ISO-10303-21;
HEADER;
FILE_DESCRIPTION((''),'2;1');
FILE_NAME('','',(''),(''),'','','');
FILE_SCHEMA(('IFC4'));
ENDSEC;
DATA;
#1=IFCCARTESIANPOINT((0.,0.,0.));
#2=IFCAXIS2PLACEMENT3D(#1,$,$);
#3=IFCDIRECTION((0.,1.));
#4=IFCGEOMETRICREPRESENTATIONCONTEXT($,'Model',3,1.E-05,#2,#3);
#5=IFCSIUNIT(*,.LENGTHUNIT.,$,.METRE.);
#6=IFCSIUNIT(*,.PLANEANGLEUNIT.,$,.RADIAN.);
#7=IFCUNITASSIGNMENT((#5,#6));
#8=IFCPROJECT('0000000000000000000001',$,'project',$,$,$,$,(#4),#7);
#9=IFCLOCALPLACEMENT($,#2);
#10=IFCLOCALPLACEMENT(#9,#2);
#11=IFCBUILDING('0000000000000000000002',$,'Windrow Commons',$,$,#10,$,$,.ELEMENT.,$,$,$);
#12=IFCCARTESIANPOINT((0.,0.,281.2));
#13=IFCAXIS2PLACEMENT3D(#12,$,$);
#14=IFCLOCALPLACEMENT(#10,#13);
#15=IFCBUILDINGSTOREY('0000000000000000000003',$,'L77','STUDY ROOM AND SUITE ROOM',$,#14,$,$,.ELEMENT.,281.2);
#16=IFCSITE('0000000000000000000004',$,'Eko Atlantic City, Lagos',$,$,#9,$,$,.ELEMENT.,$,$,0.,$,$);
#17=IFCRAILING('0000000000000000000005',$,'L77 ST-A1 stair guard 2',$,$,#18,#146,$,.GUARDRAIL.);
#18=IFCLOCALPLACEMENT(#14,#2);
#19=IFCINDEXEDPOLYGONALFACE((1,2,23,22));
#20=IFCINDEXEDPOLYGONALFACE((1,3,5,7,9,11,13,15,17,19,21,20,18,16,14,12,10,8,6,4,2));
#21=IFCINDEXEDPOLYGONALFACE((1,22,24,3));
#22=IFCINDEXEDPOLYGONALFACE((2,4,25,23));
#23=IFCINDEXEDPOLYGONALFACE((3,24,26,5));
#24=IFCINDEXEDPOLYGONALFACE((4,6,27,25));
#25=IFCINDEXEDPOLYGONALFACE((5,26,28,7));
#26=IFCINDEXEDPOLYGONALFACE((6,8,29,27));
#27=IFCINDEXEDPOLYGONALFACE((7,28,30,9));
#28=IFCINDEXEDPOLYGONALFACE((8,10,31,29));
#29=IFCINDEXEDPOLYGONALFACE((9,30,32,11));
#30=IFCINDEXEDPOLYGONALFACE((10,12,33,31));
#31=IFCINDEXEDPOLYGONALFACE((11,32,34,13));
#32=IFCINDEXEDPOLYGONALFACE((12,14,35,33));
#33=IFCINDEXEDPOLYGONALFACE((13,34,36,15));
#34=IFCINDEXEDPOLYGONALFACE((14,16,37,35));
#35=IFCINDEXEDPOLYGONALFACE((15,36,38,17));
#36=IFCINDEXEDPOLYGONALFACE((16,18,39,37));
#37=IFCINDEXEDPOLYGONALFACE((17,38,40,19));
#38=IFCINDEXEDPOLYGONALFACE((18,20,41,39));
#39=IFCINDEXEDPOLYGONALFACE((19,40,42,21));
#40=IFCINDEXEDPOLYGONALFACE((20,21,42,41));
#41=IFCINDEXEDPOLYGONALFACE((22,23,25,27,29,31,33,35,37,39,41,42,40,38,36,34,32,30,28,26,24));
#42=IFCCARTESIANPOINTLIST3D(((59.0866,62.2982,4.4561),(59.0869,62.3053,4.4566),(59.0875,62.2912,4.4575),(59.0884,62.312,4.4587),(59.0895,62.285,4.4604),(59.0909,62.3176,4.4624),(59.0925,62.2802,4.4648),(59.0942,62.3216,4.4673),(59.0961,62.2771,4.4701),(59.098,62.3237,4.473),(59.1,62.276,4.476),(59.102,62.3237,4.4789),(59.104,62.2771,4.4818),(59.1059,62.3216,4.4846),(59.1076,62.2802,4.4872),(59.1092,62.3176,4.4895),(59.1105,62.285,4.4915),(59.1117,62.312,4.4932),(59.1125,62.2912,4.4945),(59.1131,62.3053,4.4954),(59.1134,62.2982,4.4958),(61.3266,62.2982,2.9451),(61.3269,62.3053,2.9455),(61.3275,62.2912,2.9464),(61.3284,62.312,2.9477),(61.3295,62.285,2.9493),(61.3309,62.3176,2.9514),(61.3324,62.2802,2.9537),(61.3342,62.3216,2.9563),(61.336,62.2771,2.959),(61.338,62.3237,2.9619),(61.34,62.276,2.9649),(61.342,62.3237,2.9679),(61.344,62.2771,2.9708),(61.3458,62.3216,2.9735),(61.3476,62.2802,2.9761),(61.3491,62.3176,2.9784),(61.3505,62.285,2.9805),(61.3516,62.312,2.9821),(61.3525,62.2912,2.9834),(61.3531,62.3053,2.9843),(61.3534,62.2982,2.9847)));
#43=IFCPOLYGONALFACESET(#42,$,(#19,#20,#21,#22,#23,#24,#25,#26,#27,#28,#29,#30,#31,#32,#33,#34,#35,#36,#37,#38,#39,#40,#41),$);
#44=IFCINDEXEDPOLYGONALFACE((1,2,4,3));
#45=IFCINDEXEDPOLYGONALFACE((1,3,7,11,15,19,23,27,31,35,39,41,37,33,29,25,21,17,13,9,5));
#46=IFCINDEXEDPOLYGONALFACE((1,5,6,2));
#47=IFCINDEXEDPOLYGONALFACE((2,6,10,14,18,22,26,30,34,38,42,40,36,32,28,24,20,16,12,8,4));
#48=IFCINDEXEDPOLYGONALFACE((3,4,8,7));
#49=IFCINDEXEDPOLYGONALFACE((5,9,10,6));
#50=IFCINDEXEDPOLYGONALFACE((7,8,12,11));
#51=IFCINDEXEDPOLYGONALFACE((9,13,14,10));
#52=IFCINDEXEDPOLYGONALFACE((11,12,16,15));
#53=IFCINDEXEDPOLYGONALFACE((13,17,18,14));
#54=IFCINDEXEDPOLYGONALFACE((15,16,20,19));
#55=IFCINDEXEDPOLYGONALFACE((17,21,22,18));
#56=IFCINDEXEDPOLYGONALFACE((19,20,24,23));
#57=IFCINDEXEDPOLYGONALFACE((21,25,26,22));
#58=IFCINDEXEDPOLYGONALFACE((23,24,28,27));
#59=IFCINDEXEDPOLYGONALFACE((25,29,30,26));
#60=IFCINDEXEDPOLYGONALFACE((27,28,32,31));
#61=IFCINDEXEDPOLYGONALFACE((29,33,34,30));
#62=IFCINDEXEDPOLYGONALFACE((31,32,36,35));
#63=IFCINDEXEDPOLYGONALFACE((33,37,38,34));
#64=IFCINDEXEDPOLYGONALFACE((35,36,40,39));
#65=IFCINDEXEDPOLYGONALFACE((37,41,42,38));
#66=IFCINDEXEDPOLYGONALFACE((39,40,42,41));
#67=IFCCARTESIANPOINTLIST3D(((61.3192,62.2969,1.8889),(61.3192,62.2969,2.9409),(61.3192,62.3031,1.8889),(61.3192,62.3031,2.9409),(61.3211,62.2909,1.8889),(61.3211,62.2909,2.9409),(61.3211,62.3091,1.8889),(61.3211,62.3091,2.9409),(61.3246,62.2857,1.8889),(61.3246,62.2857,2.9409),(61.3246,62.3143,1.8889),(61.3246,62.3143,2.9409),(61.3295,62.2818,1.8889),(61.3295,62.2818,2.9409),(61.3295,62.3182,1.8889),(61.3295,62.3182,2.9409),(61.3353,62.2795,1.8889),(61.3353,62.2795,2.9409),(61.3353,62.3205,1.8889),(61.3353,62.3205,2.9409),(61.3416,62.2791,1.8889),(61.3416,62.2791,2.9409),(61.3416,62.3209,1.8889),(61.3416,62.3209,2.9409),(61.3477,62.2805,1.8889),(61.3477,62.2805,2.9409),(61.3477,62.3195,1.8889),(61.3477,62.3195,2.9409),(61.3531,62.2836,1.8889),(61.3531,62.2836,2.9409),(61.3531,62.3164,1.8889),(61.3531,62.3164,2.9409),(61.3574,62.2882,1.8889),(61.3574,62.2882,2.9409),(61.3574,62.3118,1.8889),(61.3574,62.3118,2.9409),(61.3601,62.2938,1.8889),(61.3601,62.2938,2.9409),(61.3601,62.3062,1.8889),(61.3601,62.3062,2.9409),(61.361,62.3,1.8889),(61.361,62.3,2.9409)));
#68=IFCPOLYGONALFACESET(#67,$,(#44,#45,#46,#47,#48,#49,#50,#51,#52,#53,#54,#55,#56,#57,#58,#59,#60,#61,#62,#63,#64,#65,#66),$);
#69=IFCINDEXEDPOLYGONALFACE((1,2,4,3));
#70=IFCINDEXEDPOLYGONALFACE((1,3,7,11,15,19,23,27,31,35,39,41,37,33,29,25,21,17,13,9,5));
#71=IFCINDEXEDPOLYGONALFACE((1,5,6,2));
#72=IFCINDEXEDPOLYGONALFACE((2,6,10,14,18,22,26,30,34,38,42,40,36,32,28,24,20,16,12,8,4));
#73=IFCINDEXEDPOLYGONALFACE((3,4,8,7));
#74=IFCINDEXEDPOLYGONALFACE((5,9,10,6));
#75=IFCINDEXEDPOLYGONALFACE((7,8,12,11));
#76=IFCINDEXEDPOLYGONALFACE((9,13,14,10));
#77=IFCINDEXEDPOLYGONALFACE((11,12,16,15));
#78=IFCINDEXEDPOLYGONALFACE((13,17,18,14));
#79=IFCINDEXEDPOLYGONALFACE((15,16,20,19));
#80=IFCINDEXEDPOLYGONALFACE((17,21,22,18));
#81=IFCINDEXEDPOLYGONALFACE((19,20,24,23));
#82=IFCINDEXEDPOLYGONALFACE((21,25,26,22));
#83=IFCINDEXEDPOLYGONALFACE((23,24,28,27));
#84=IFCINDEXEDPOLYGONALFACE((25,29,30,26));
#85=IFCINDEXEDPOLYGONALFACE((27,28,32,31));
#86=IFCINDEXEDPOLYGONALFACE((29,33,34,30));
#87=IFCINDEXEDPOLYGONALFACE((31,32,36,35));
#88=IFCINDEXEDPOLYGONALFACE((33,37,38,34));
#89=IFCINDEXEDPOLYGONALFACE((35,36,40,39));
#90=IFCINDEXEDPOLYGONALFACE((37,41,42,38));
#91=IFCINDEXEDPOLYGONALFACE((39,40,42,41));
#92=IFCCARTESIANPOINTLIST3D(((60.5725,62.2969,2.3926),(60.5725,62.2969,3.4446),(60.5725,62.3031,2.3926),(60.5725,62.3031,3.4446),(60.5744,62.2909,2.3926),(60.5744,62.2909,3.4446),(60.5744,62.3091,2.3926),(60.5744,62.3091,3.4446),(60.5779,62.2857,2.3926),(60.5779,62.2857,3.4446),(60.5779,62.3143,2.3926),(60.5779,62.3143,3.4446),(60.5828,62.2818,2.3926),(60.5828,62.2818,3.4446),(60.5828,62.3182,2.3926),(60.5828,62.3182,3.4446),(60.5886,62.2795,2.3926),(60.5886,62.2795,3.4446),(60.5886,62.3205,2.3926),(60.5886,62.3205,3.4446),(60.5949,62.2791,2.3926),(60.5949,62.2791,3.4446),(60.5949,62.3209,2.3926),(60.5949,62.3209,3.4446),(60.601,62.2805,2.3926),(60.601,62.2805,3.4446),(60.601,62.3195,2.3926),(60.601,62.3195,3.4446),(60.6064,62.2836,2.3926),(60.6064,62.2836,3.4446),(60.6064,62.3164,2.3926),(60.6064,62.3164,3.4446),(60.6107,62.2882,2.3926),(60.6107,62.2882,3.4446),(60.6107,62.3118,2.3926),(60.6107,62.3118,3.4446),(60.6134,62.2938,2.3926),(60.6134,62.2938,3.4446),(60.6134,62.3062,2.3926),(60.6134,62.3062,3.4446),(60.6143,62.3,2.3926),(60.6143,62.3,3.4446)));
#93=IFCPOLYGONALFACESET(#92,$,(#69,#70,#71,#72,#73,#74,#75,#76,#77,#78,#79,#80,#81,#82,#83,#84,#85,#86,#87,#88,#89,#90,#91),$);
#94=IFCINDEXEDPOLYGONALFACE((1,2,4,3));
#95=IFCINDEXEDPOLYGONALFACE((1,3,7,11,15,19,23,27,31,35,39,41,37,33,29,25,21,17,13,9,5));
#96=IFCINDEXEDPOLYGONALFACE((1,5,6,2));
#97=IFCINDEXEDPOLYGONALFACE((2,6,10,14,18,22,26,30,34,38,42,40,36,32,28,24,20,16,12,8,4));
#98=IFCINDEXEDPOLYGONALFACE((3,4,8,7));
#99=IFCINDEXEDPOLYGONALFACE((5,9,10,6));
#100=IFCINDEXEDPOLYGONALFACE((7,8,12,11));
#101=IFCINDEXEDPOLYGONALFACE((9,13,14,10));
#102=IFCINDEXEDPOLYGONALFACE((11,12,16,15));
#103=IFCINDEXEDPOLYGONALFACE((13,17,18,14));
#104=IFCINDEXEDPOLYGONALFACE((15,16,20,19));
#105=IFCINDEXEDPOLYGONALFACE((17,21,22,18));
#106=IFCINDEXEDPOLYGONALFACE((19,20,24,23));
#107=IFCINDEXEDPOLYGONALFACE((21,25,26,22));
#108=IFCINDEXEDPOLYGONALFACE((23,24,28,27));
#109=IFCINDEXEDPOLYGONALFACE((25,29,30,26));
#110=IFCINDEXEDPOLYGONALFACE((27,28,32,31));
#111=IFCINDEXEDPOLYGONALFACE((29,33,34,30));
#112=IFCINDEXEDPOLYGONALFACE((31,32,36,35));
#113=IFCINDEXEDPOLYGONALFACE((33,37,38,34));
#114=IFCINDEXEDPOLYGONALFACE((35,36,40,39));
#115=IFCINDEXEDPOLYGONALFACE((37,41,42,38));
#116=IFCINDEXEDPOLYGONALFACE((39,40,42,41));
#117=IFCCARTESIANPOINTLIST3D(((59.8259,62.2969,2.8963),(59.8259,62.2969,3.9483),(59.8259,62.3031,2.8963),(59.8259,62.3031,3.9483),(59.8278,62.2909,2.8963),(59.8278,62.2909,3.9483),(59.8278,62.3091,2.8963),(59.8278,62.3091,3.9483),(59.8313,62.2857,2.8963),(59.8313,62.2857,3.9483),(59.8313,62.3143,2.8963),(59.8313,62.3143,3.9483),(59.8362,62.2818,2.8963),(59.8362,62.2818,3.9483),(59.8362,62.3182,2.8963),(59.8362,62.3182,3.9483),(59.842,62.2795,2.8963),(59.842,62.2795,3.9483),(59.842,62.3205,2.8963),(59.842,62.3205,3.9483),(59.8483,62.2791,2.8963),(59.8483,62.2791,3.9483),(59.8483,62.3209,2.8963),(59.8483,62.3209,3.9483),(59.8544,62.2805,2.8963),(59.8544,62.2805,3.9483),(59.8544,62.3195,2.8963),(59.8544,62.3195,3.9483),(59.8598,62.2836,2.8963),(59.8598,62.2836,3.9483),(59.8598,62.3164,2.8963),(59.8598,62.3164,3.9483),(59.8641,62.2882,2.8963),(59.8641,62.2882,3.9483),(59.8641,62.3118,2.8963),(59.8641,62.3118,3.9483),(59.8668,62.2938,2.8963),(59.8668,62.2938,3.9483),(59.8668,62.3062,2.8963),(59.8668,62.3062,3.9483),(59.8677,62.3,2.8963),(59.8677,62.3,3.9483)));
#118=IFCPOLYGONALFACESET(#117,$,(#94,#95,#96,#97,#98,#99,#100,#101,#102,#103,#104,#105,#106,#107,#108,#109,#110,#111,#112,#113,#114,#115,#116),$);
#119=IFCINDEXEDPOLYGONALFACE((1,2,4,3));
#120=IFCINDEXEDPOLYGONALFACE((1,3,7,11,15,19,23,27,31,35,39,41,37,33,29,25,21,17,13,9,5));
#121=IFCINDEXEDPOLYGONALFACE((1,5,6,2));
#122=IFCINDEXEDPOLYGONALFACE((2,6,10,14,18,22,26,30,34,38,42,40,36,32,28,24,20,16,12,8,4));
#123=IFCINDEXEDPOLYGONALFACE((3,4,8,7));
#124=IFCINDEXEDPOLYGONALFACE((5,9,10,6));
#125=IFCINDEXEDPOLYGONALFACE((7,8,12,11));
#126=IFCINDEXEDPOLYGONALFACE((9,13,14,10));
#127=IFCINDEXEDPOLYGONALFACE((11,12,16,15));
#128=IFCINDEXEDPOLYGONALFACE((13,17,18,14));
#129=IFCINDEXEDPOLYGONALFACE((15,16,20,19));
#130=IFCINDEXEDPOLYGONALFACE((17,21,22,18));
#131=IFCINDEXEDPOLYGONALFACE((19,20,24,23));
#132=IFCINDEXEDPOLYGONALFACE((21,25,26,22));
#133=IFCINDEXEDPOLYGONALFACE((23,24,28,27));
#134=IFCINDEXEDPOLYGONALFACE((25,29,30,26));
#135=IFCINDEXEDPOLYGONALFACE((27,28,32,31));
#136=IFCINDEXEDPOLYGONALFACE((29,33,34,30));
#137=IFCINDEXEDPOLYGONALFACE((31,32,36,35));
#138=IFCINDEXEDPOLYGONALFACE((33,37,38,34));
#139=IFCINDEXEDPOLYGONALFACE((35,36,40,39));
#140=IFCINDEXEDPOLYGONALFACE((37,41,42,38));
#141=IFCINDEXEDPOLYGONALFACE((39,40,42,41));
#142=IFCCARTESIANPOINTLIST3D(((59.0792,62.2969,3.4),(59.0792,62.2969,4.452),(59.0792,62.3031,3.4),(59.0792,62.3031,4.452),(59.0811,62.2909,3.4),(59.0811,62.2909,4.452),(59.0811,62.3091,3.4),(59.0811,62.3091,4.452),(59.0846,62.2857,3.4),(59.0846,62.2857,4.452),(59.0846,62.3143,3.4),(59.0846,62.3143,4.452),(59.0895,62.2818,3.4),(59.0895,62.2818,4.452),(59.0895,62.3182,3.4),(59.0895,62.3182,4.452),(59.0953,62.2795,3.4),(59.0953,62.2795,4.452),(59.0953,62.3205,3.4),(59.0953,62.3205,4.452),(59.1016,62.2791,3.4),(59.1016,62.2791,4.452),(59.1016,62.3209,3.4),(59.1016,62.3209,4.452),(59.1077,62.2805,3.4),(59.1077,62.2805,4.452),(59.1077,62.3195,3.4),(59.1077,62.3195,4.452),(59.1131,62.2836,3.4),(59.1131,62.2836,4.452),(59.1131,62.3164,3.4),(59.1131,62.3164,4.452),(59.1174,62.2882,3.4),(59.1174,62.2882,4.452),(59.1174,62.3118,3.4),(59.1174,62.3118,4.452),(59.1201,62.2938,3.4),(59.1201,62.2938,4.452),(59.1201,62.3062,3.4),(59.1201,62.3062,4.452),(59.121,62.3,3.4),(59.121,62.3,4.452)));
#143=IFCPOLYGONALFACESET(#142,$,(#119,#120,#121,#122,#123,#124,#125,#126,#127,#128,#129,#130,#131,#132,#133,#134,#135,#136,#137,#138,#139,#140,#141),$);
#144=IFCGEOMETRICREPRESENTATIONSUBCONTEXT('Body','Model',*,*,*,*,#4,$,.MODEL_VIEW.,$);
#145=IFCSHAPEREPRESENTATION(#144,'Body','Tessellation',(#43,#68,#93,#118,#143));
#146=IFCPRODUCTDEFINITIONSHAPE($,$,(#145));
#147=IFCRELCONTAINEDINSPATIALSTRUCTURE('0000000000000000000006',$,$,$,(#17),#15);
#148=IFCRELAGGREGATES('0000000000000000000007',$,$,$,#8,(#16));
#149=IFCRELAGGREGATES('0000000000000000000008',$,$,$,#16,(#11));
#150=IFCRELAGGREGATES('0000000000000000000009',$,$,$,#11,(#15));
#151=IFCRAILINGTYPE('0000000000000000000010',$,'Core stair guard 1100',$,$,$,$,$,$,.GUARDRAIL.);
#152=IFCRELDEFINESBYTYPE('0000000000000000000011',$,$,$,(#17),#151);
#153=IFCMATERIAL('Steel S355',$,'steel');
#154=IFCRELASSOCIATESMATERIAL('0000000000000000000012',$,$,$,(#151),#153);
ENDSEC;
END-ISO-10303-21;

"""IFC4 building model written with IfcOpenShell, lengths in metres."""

from ifc_helpers import new_model, si_unit, direction, frame, origin, origin_2d, place, context, subcontext, project, spatial, circle, extrude, material, type_object, element, save


model = new_model("IFC4")

# Units and contexts
model_context = context("Model", 3, precision=1e-05, world=origin(), true_north=direction((0.0, 1.0)))
body_context = subcontext(model_context, "Body", "Model", "MODEL_VIEW")
ifc_project = project(units=[si_unit("LENGTHUNIT", "METRE"), si_unit("PLANEANGLEUNIT", "RADIAN")], contexts=[model_context])

# Site, building, storey
site_placement = place(None, origin())
site = spatial("IfcSite", under=ifc_project, at=site_placement, Name="Eko Atlantic City, Lagos", CompositionType="ELEMENT", RefElevation=0.0)
building_placement = place(site_placement, origin())
building = spatial("IfcBuilding", under=site, at=building_placement, Name="Windrow Commons", CompositionType="ELEMENT")
storey_placement = place(building_placement, frame((0.0, 0.0, 281.2)))
storey = spatial("IfcBuildingStorey", under=building, at=storey_placement, Name="L77", Description="STUDY ROOM AND SUITE ROOM", CompositionType="ELEMENT", Elevation=281.2)

# Railing
ifc_material_1 = material(Name="Steel S355", Category="steel")
railing_type_1 = type_object("IfcRailingType", Name="Core stair guard 1100", PredefinedType="GUARDRAIL", material=ifc_material_1)
railing_1_placement = place(storey_placement, frame((61.34, 62.3, 1.8889)))
element("IfcRailing", 1, at=railing_1_placement, inside=storey, type_object=railing_type_1, Name="L77 ST-A1 stair guard 2", PredefinedType="GUARDRAIL", context=body_context, shape_type="SweptSolid", body=[
    extrude(circle(Radius=0.024, at=origin_2d()), frame((0.0, 0.0, 1.076), z_axis=(-0.829003, 0.0, 0.559244), x_axis=(0.0, -1.0, 0.0)), (0.0, 0.0, 1.0), 2.702),
    extrude(circle(Radius=0.021, at=origin_2d()), origin(), (0.0, 0.0, 1.0), 1.052),
    extrude(circle(Radius=0.021, at=origin_2d()), frame((-0.7467, 0.0, 0.5037)), (0.0, 0.0, 1.0), 1.052),
    extrude(circle(Radius=0.021, at=origin_2d()), frame((-1.4933, 0.0, 1.0074)), (0.0, 0.0, 1.0), 1.052),
    extrude(circle(Radius=0.021, at=origin_2d()), frame((-2.24, 0.0, 1.5111)), (0.0, 0.0, 1.0), 1.052),
])

save(model, "model.ifc")
